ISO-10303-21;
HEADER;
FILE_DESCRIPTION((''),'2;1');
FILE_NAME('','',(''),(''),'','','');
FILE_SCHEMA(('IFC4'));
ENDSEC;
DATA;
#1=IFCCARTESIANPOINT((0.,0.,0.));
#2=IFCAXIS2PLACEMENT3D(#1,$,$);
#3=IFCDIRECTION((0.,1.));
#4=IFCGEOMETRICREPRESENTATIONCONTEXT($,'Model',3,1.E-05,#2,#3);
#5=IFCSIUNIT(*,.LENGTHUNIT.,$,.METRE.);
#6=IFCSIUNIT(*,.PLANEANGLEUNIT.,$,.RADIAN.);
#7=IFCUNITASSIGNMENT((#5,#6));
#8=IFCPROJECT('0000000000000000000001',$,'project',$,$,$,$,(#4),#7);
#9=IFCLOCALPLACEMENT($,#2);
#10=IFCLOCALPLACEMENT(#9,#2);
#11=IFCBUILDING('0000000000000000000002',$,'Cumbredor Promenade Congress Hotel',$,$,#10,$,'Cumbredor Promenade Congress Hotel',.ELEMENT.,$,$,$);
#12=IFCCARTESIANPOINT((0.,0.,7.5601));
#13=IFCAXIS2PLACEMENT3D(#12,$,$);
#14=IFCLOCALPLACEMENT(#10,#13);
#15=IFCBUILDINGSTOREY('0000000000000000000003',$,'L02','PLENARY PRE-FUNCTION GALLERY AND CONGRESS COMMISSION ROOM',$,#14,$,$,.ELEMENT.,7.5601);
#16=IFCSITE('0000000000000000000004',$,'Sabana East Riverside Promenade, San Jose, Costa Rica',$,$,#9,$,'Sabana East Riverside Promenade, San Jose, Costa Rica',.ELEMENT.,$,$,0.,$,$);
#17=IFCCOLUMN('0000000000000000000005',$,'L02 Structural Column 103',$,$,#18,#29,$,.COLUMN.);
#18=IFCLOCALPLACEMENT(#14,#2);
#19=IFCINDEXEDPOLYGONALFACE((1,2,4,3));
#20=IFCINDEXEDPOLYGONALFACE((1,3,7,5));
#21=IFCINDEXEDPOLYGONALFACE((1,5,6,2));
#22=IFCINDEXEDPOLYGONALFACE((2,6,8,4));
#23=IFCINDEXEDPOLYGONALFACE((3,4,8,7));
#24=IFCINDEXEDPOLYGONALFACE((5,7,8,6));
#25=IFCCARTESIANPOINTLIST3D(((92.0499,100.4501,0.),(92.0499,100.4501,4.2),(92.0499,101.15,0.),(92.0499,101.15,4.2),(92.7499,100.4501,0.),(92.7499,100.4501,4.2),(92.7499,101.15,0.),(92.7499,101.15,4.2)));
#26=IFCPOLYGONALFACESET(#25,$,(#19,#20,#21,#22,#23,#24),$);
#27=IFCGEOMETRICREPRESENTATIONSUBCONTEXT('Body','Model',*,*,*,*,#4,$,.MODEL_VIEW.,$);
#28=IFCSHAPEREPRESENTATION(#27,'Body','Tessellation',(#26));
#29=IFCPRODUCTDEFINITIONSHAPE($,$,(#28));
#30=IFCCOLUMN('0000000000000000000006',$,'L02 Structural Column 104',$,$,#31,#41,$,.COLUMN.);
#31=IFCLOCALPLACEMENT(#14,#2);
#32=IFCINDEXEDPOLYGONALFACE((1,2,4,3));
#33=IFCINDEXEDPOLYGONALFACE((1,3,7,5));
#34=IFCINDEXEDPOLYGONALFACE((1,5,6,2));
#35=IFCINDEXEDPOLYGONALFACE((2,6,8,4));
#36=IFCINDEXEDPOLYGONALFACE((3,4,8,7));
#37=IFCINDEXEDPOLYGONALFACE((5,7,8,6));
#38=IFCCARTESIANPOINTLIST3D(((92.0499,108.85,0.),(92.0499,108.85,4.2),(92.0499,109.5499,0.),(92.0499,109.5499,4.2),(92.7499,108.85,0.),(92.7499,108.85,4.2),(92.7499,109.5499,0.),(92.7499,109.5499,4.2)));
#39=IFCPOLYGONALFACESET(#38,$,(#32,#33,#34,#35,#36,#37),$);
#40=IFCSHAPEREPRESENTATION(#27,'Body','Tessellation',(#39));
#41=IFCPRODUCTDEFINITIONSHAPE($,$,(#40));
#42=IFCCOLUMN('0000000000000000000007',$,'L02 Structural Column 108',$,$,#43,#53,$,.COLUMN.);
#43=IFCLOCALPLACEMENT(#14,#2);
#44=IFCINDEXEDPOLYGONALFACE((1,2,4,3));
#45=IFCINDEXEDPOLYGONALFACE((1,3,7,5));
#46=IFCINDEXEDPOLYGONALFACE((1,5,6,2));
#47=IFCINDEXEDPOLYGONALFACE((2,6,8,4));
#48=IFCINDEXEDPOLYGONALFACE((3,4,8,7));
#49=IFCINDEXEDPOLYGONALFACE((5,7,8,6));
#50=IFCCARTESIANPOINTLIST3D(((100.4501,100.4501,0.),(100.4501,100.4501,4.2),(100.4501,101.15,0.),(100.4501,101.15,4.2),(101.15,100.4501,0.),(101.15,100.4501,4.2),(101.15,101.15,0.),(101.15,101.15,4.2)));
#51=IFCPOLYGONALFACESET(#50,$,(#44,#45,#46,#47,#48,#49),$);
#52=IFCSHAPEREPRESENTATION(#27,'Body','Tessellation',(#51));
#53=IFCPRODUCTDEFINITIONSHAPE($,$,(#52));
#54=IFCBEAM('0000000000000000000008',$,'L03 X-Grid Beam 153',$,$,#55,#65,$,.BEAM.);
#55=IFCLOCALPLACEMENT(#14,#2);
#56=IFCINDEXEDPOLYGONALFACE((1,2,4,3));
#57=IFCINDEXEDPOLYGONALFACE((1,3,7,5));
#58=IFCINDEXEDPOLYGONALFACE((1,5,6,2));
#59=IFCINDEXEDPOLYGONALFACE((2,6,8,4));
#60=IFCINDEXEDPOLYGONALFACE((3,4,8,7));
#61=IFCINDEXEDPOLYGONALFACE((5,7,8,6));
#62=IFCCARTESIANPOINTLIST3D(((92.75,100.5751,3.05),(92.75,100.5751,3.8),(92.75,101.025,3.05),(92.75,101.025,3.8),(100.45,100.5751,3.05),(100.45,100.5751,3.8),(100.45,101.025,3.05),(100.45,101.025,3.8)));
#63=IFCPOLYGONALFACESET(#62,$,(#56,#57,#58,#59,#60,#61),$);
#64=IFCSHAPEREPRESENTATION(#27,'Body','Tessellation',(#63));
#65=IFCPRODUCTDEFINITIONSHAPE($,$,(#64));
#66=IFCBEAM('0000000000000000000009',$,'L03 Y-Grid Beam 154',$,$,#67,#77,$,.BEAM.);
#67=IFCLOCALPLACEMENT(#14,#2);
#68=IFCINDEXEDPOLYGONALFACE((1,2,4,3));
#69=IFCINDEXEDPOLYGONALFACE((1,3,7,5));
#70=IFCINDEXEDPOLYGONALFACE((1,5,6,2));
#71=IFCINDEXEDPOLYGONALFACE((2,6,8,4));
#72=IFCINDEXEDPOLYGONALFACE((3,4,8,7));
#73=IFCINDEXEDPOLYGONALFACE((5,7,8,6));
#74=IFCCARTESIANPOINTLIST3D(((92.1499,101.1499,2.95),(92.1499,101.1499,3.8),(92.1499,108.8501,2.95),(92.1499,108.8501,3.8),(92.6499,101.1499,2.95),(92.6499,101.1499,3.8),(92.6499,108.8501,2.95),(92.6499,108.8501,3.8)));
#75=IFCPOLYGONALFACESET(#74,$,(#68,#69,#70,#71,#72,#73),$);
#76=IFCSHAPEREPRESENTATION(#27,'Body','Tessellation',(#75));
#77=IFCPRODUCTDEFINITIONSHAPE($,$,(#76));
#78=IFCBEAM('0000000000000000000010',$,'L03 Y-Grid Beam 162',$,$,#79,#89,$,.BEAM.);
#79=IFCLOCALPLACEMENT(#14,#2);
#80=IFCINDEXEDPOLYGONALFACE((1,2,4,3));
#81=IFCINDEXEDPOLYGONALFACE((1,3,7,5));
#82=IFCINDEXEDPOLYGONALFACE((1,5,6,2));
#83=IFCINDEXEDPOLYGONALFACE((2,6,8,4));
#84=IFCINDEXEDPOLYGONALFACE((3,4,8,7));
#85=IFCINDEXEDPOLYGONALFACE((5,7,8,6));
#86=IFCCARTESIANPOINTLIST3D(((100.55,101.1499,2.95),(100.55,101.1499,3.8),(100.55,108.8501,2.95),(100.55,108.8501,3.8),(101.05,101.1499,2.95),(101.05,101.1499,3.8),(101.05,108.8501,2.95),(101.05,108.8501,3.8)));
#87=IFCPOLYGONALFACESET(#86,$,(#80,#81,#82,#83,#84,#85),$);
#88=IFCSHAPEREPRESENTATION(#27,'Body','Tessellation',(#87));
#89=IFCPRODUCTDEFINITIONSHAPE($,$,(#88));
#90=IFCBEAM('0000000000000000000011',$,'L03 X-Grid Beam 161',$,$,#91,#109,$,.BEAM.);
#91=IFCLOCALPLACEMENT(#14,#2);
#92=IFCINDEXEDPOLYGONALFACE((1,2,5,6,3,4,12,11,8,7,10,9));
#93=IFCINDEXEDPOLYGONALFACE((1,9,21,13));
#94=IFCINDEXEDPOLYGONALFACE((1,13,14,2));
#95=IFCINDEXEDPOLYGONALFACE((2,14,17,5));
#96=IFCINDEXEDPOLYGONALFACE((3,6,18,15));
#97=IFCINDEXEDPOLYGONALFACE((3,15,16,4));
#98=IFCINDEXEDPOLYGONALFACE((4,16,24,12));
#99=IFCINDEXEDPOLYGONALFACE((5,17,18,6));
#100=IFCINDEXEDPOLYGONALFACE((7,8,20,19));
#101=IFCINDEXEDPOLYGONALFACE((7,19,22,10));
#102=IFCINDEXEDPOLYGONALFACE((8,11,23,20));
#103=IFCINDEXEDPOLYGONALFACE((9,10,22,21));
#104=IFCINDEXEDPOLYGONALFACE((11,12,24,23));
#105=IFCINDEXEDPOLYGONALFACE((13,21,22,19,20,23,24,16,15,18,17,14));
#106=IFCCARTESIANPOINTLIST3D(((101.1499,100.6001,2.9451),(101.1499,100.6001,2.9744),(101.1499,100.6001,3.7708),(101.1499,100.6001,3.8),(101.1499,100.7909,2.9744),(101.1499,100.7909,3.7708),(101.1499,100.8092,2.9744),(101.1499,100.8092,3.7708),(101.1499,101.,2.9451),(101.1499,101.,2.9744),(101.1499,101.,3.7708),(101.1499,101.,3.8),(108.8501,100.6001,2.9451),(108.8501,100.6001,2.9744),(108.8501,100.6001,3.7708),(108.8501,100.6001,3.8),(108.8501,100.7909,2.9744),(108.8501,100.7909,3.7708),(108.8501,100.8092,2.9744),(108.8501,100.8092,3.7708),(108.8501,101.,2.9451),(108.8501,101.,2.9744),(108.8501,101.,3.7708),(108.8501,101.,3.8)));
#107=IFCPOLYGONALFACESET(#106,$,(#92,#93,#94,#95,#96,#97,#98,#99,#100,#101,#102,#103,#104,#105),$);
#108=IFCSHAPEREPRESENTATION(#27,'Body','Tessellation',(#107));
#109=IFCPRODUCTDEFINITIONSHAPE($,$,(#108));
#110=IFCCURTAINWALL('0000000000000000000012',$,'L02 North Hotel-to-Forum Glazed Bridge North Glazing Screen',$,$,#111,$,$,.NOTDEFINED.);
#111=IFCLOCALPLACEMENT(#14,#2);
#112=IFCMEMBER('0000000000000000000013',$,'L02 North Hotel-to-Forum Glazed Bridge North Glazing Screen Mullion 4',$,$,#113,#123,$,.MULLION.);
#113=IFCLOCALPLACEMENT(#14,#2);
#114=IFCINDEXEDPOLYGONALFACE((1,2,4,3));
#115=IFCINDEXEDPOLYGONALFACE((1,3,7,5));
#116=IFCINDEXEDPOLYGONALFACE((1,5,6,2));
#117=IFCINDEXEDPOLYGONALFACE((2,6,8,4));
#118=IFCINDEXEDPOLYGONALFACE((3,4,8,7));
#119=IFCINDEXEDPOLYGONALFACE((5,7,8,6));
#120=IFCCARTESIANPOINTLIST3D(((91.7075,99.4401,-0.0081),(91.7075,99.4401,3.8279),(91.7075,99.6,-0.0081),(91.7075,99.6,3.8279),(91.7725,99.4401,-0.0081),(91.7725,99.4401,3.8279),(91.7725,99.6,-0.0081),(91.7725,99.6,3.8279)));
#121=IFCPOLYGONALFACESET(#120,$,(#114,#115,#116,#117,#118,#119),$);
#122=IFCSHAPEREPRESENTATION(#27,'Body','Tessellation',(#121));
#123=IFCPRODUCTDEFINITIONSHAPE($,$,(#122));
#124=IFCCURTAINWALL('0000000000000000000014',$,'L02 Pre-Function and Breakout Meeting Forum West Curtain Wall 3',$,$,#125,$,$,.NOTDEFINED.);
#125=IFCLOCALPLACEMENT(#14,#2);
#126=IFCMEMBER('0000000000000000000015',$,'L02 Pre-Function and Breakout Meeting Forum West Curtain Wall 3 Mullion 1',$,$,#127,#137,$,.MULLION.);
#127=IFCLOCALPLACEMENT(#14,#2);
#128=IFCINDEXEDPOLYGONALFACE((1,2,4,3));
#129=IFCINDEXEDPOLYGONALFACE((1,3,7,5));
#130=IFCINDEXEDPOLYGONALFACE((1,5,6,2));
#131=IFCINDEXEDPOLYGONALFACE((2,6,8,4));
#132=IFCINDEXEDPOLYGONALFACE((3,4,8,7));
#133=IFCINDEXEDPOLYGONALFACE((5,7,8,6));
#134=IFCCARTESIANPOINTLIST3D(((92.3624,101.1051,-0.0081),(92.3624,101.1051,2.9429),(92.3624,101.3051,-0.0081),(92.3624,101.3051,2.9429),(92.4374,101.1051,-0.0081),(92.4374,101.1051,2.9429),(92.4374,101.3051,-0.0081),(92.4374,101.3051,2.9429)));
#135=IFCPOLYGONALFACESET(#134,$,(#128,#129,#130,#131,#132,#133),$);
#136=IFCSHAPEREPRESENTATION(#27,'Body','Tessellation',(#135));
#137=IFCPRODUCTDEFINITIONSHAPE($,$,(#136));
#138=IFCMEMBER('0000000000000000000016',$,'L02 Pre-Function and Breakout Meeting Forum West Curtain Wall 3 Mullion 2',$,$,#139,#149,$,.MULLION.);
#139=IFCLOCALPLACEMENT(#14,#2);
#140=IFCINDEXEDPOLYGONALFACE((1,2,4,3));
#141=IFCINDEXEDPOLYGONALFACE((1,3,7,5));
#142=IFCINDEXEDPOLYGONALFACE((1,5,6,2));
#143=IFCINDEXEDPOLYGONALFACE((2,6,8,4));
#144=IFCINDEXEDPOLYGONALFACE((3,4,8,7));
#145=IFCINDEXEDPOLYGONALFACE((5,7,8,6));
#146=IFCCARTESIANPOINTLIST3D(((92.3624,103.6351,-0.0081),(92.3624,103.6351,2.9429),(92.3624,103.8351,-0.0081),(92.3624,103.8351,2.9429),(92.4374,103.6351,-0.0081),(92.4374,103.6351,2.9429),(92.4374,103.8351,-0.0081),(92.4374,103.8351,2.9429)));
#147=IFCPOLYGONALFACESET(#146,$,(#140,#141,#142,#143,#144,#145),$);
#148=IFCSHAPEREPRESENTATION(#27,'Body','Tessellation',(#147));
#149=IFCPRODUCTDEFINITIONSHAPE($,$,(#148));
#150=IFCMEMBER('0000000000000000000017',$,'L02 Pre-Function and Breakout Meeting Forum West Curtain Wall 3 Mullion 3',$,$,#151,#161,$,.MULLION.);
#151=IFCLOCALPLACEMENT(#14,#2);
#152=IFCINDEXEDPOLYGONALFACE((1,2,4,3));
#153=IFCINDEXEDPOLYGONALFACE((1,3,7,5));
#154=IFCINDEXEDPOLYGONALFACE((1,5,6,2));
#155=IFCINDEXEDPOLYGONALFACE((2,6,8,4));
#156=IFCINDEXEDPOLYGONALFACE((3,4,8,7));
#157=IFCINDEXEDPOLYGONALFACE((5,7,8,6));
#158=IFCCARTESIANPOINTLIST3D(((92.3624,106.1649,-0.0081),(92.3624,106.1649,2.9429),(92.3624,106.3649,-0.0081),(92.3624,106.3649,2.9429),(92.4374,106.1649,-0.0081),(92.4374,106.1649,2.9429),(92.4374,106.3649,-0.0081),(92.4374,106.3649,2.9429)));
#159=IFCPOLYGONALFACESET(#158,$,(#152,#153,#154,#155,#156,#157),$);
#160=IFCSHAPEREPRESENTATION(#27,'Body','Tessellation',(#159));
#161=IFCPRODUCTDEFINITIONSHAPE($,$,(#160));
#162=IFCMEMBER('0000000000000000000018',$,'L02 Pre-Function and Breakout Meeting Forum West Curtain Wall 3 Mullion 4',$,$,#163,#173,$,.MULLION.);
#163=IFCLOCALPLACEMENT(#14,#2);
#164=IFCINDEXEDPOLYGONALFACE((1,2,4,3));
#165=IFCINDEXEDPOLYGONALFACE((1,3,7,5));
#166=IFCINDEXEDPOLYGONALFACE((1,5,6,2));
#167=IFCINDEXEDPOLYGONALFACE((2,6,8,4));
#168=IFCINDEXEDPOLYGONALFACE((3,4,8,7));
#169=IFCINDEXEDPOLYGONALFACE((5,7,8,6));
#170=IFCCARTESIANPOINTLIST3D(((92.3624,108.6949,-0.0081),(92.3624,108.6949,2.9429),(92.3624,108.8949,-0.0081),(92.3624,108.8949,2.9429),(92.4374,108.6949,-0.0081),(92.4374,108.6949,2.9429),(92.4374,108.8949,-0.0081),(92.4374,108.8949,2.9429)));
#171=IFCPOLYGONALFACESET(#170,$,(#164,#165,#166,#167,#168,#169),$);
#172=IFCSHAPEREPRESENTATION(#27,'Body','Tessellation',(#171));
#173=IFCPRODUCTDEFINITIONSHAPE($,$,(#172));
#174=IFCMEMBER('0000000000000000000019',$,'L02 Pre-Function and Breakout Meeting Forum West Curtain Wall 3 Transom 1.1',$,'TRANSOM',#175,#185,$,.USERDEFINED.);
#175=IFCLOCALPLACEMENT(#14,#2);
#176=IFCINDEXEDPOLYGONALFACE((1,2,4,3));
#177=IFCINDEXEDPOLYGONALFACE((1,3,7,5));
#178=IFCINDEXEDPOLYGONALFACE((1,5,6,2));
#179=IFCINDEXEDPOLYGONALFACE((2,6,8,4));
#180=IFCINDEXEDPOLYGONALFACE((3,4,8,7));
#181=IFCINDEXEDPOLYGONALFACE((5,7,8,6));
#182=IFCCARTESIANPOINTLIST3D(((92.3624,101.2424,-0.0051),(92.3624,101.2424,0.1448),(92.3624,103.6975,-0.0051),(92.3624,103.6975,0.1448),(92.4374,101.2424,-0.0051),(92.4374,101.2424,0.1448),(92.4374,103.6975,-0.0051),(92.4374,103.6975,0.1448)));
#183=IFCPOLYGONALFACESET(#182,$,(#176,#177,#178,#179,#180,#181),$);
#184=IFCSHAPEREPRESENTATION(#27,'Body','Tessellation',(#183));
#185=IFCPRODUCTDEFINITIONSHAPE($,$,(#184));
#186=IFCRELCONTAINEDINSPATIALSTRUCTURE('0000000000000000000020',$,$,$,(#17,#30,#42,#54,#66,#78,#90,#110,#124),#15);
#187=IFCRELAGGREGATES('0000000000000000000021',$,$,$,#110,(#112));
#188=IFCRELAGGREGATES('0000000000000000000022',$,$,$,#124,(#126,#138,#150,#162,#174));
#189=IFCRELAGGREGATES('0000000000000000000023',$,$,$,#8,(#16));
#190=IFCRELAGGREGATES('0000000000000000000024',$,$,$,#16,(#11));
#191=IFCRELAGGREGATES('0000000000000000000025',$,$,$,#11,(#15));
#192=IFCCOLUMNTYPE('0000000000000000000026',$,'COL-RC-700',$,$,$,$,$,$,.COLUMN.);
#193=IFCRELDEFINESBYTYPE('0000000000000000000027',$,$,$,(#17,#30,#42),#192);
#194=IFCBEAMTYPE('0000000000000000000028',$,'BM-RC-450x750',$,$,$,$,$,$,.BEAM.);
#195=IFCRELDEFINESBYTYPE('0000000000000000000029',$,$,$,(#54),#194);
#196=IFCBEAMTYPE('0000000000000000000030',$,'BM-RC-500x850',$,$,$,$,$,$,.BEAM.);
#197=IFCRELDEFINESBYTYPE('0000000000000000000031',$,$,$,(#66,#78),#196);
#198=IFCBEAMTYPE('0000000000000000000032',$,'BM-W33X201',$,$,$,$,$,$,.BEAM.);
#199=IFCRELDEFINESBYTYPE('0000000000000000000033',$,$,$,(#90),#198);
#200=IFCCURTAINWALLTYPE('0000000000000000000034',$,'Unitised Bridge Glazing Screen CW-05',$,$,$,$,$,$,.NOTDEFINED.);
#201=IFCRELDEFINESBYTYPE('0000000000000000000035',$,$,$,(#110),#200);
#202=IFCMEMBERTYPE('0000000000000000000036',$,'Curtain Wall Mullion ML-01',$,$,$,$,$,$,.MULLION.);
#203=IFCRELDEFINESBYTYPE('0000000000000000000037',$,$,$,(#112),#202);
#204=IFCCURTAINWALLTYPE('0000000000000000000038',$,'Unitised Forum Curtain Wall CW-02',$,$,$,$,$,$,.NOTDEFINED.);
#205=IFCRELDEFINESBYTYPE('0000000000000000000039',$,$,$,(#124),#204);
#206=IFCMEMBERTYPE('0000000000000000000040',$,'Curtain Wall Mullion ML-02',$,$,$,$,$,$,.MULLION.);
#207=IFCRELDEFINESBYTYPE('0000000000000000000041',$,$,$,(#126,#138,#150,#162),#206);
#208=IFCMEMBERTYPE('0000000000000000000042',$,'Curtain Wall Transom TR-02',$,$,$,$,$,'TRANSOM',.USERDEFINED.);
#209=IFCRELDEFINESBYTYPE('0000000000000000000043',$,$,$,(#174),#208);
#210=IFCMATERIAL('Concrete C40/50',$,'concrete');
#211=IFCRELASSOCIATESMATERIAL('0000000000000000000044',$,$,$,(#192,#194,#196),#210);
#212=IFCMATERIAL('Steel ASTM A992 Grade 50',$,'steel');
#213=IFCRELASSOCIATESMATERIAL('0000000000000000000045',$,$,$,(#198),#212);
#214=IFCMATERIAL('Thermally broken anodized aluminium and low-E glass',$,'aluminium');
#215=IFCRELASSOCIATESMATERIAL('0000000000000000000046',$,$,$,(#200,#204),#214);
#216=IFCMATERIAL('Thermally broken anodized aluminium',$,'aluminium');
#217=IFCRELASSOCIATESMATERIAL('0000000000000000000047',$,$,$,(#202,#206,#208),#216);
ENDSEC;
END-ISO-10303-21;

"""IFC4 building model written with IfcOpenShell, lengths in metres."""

from ifc_helpers import new_model, si_unit, direction, frame, origin, origin_2d, place, context, subcontext, project, spatial, rectangle, i_section, extrude, material, material_profile, profile_set, type_object, element, aggregate, save


model = new_model("IFC4")

# Units and contexts
model_context = context("Model", 3, precision=1e-05, world=origin(), true_north=direction((0.0, 1.0)))
body_context = subcontext(model_context, "Body", "Model", "MODEL_VIEW")
ifc_project = project(units=[si_unit("LENGTHUNIT", "METRE"), si_unit("PLANEANGLEUNIT", "RADIAN")], contexts=[model_context])

# Site, building, storey
site_placement = place(None, origin())
site = spatial("IfcSite", under=ifc_project, at=site_placement, Name="Sabana East Riverside Promenade, San Jose, Costa Rica", LongName="Sabana East Riverside Promenade, San Jose, Costa Rica", CompositionType="ELEMENT", RefElevation=0.0)
building_placement = place(site_placement, origin())
building = spatial("IfcBuilding", under=site, at=building_placement, Name="Cumbredor Promenade Congress Hotel", LongName="Cumbredor Promenade Congress Hotel", CompositionType="ELEMENT")
storey_placement = place(building_placement, frame((0.0, 0.0, 7.5601)))
storey = spatial("IfcBuildingStorey", under=building, at=storey_placement, Name="L02", Description="PLENARY PRE-FUNCTION GALLERY AND CONGRESS COMMISSION ROOM", CompositionType="ELEMENT", Elevation=7.5601)

# Columns
ifc_material_1 = material(Name="Concrete C40/50", Category="concrete")
ifc_material_profile_1 = material_profile(ifc_material_1, rectangle(XDim=0.7, YDim=0.7, at=origin_2d()), Name="RC 700x700")
ifc_profile_set_1 = profile_set([ifc_material_profile_1], Name="Concrete C40/50")
column_type = type_object("IfcColumnType", Name="COL-RC-700", PredefinedType="COLUMN", material=ifc_profile_set_1)
for number, where, z_axis, x_axis, name in (
    (1, (92.3999, 100.8, 0.0), (0.0, 0.0, 1.0), (1.0, 0.0, 0.0), "L02 Structural Column 103"),
    (2, (92.3999, 109.2, 0.0), (0.0, 0.0, 1.0), (1.0, 0.0, 0.0), "L02 Structural Column 104"),
    (3, (100.8, 100.8, 0.0), (0.0, 0.0, 1.0), (1.0, 0.0, 0.0), "L02 Structural Column 108"),
):
    element("IfcColumn", number, at=place(storey_placement, frame(where, z_axis=z_axis, x_axis=x_axis)), inside=storey, type_object=column_type, Name=name, PredefinedType="COLUMN", context=body_context, shape_type="SweptSolid", body=[
        extrude(rectangle(XDim=0.7, YDim=0.7, at=origin_2d()), origin(), (0.0, 0.0, 1.0), 4.2),
    ])

# Beams
ifc_material_profile_2 = material_profile(ifc_material_1, rectangle(XDim=0.45, YDim=0.75, at=origin_2d()), Name="RC BEAM 450x750")
ifc_profile_set_2 = profile_set([ifc_material_profile_2], Name="Concrete C40/50")
beam_type_1 = type_object("IfcBeamType", Name="BM-RC-450x750", PredefinedType="BEAM", material=ifc_profile_set_2)
beam_1_placement = place(storey_placement, frame((92.75, 100.8, 3.425), z_axis=(1.0, 0.0, 0.0), x_axis=(0.0, 1.0, 0.0)))
element("IfcBeam", 4, at=beam_1_placement, inside=storey, type_object=beam_type_1, Name="L03 X-Grid Beam 153", PredefinedType="BEAM", context=body_context, shape_type="SweptSolid", body=[
    extrude(rectangle(XDim=0.45, YDim=0.75, at=origin_2d()), origin(), (0.0, 0.0, 1.0), 7.7),
])
ifc_material_profile_3 = material_profile(ifc_material_1, rectangle(XDim=0.5, YDim=0.8501, at=origin_2d()), Name="RC BEAM 500x850")
ifc_profile_set_3 = profile_set([ifc_material_profile_3], Name="Concrete C40/50")
beam_type_2 = type_object("IfcBeamType", Name="BM-RC-500x850", PredefinedType="BEAM", material=ifc_profile_set_3)
for number, where, z_axis, x_axis, name in (
    (5, (92.3999, 101.1499, 3.375), (0.0, 1.0, 0.0), (-1.0, 0.0, 0.0), "L03 Y-Grid Beam 154"),
    (6, (100.8, 101.1499, 3.375), (0.0, 1.0, 0.0), (-1.0, 0.0, 0.0), "L03 Y-Grid Beam 162"),
):
    element("IfcBeam", number, at=place(storey_placement, frame(where, z_axis=z_axis, x_axis=x_axis)), inside=storey, type_object=beam_type_2, Name=name, PredefinedType="BEAM", context=body_context, shape_type="SweptSolid", body=[
        extrude(rectangle(XDim=0.5, YDim=0.8501, at=origin_2d()), origin(), (0.0, 0.0, 1.0), 7.7002),
    ])
ifc_material_2 = material(Name="Steel ASTM A992 Grade 50", Category="steel")
ifc_material_profile_4 = material_profile(ifc_material_2, i_section(OverallWidth=0.3999, OverallDepth=0.855, WebThickness=0.0183, FlangeThickness=0.0293, at=origin_2d()), Name="W33X201")
ifc_profile_set_4 = profile_set([ifc_material_profile_4], Name="Steel ASTM A992 Grade 50")
beam_type_3 = type_object("IfcBeamType", Name="BM-W33X201", PredefinedType="BEAM", material=ifc_profile_set_4)
beam_2_placement = place(storey_placement, frame((101.1499, 100.8, 3.3726), z_axis=(1.0, 0.0, 0.0), x_axis=(0.0, 1.0, 0.0)))
element("IfcBeam", 7, at=beam_2_placement, inside=storey, type_object=beam_type_3, Name="L03 X-Grid Beam 161", PredefinedType="BEAM", context=body_context, shape_type="SweptSolid", body=[
    extrude(i_section(OverallWidth=0.3999, OverallDepth=0.855, WebThickness=0.0183, FlangeThickness=0.0293, at=origin_2d()), origin(), (0.0, 0.0, 1.0), 7.7002),
])

# Curtain wall, member
ifc_material_3 = material(Name="Thermally broken anodized aluminium and low-E glass", Category="aluminium")
curtain_wall_type_1 = type_object("IfcCurtainWallType", Name="Unitised Bridge Glazing Screen CW-05", PredefinedType="NOTDEFINED", material=ifc_material_3)
curtain_wall_1_placement = place(storey_placement, origin())
curtain_wall_1 = element("IfcCurtainWall", 8, at=curtain_wall_1_placement, inside=storey, type_object=curtain_wall_type_1, Name="L02 North Hotel-to-Forum Glazed Bridge North Glazing Screen", PredefinedType="NOTDEFINED")
ifc_material_4 = material(Name="Thermally broken anodized aluminium", Category="aluminium")
ifc_material_profile_5 = material_profile(ifc_material_4, rectangle(XDim=0.0649, YDim=0.1599, at=origin_2d()), Name="ALU MULLION 65x160")
ifc_profile_set_5 = profile_set([ifc_material_profile_5], Name="Thermally broken anodized aluminium")
member_type_1 = type_object("IfcMemberType", Name="Curtain Wall Mullion ML-01", PredefinedType="MULLION", material=ifc_profile_set_5)
member_1_placement = place(storey_placement, frame((91.74, 99.52, -0.0081), z_axis=(0.0, 0.0, 1.0), x_axis=(1.0, 0.0, 0.0)))
member_1 = element("IfcMember", 9, at=member_1_placement, type_object=member_type_1, Name="L02 North Hotel-to-Forum Glazed Bridge North Glazing Screen Mullion 4", PredefinedType="MULLION", context=body_context, shape_type="SweptSolid", body=[
    extrude(rectangle(XDim=0.0649, YDim=0.1599, at=origin_2d()), origin(), (0.0, 0.0, 1.0), 3.8359),
])

# Curtain wall, members
curtain_wall_type_2 = type_object("IfcCurtainWallType", Name="Unitised Forum Curtain Wall CW-02", PredefinedType="NOTDEFINED", material=ifc_material_3)
curtain_wall_2_placement = place(storey_placement, origin())
curtain_wall_2 = element("IfcCurtainWall", 10, at=curtain_wall_2_placement, inside=storey, type_object=curtain_wall_type_2, Name="L02 Pre-Function and Breakout Meeting Forum West Curtain Wall 3", PredefinedType="NOTDEFINED")
ifc_material_profile_6 = material_profile(ifc_material_4, rectangle(XDim=0.075, YDim=0.2, at=origin_2d()), Name="ALU MULLION 75x200")
ifc_profile_set_6 = profile_set([ifc_material_profile_6], Name="Thermally broken anodized aluminium")
member_type_2 = type_object("IfcMemberType", Name="Curtain Wall Mullion ML-02", PredefinedType="MULLION", material=ifc_profile_set_6)
member_2_placement = place(storey_placement, frame((92.3999, 101.2051, -0.0081), z_axis=(0.0, 0.0, 1.0), x_axis=(1.0, 0.0, 0.0)))
member_2 = element("IfcMember", 11, at=member_2_placement, type_object=member_type_2, Name="L02 Pre-Function and Breakout Meeting Forum West Curtain Wall 3 Mullion 1", PredefinedType="MULLION", context=body_context, shape_type="SweptSolid", body=[
    extrude(rectangle(XDim=0.075, YDim=0.2, at=origin_2d()), origin(), (0.0, 0.0, 1.0), 2.9509),
])
member_3_placement = place(storey_placement, frame((92.3999, 103.7351, -0.0081), z_axis=(0.0, 0.0, 1.0), x_axis=(1.0, 0.0, 0.0)))
member_3 = element("IfcMember", 12, at=member_3_placement, type_object=member_type_2, Name="L02 Pre-Function and Breakout Meeting Forum West Curtain Wall 3 Mullion 2", PredefinedType="MULLION", context=body_context, shape_type="SweptSolid", body=[
    extrude(rectangle(XDim=0.075, YDim=0.2, at=origin_2d()), origin(), (0.0, 0.0, 1.0), 2.9509),
])
member_4_placement = place(storey_placement, frame((92.3999, 106.2649, -0.0081), z_axis=(0.0, 0.0, 1.0), x_axis=(1.0, 0.0, 0.0)))
member_4 = element("IfcMember", 13, at=member_4_placement, type_object=member_type_2, Name="L02 Pre-Function and Breakout Meeting Forum West Curtain Wall 3 Mullion 3", PredefinedType="MULLION", context=body_context, shape_type="SweptSolid", body=[
    extrude(rectangle(XDim=0.075, YDim=0.2, at=origin_2d()), origin(), (0.0, 0.0, 1.0), 2.9509),
])
member_5_placement = place(storey_placement, frame((92.3999, 108.7949, -0.0081), z_axis=(0.0, 0.0, 1.0), x_axis=(1.0, 0.0, 0.0)))
member_5 = element("IfcMember", 14, at=member_5_placement, type_object=member_type_2, Name="L02 Pre-Function and Breakout Meeting Forum West Curtain Wall 3 Mullion 4", PredefinedType="MULLION", context=body_context, shape_type="SweptSolid", body=[
    extrude(rectangle(XDim=0.075, YDim=0.2, at=origin_2d()), origin(), (0.0, 0.0, 1.0), 2.9509),
])
ifc_material_profile_7 = material_profile(ifc_material_4, rectangle(XDim=0.075, YDim=0.1499, at=origin_2d()), Name="ALU TRANSOM 75x150")
ifc_profile_set_7 = profile_set([ifc_material_profile_7], Name="Thermally broken anodized aluminium")
member_type_3 = type_object("IfcMemberType", Name="Curtain Wall Transom TR-02", ElementType="TRANSOM", PredefinedType="USERDEFINED", material=ifc_profile_set_7)
member_6_placement = place(storey_placement, frame((92.3999, 101.2424, 0.0698), z_axis=(0.0, 1.0, 0.0), x_axis=(-1.0, 0.0, 0.0)))
member_6 = element("IfcMember", 15, at=member_6_placement, type_object=member_type_3, Name="L02 Pre-Function and Breakout Meeting Forum West Curtain Wall 3 Transom 1.1", ObjectType="TRANSOM", PredefinedType="USERDEFINED", context=body_context, shape_type="SweptSolid", body=[
    extrude(rectangle(XDim=0.075, YDim=0.1499, at=origin_2d()), origin(), (0.0, 0.0, 1.0), 2.4551),
])

aggregate(curtain_wall_1, [member_1])
aggregate(curtain_wall_2, [member_2, member_3, member_4, member_5, member_6])

save(model, "model.ifc")
